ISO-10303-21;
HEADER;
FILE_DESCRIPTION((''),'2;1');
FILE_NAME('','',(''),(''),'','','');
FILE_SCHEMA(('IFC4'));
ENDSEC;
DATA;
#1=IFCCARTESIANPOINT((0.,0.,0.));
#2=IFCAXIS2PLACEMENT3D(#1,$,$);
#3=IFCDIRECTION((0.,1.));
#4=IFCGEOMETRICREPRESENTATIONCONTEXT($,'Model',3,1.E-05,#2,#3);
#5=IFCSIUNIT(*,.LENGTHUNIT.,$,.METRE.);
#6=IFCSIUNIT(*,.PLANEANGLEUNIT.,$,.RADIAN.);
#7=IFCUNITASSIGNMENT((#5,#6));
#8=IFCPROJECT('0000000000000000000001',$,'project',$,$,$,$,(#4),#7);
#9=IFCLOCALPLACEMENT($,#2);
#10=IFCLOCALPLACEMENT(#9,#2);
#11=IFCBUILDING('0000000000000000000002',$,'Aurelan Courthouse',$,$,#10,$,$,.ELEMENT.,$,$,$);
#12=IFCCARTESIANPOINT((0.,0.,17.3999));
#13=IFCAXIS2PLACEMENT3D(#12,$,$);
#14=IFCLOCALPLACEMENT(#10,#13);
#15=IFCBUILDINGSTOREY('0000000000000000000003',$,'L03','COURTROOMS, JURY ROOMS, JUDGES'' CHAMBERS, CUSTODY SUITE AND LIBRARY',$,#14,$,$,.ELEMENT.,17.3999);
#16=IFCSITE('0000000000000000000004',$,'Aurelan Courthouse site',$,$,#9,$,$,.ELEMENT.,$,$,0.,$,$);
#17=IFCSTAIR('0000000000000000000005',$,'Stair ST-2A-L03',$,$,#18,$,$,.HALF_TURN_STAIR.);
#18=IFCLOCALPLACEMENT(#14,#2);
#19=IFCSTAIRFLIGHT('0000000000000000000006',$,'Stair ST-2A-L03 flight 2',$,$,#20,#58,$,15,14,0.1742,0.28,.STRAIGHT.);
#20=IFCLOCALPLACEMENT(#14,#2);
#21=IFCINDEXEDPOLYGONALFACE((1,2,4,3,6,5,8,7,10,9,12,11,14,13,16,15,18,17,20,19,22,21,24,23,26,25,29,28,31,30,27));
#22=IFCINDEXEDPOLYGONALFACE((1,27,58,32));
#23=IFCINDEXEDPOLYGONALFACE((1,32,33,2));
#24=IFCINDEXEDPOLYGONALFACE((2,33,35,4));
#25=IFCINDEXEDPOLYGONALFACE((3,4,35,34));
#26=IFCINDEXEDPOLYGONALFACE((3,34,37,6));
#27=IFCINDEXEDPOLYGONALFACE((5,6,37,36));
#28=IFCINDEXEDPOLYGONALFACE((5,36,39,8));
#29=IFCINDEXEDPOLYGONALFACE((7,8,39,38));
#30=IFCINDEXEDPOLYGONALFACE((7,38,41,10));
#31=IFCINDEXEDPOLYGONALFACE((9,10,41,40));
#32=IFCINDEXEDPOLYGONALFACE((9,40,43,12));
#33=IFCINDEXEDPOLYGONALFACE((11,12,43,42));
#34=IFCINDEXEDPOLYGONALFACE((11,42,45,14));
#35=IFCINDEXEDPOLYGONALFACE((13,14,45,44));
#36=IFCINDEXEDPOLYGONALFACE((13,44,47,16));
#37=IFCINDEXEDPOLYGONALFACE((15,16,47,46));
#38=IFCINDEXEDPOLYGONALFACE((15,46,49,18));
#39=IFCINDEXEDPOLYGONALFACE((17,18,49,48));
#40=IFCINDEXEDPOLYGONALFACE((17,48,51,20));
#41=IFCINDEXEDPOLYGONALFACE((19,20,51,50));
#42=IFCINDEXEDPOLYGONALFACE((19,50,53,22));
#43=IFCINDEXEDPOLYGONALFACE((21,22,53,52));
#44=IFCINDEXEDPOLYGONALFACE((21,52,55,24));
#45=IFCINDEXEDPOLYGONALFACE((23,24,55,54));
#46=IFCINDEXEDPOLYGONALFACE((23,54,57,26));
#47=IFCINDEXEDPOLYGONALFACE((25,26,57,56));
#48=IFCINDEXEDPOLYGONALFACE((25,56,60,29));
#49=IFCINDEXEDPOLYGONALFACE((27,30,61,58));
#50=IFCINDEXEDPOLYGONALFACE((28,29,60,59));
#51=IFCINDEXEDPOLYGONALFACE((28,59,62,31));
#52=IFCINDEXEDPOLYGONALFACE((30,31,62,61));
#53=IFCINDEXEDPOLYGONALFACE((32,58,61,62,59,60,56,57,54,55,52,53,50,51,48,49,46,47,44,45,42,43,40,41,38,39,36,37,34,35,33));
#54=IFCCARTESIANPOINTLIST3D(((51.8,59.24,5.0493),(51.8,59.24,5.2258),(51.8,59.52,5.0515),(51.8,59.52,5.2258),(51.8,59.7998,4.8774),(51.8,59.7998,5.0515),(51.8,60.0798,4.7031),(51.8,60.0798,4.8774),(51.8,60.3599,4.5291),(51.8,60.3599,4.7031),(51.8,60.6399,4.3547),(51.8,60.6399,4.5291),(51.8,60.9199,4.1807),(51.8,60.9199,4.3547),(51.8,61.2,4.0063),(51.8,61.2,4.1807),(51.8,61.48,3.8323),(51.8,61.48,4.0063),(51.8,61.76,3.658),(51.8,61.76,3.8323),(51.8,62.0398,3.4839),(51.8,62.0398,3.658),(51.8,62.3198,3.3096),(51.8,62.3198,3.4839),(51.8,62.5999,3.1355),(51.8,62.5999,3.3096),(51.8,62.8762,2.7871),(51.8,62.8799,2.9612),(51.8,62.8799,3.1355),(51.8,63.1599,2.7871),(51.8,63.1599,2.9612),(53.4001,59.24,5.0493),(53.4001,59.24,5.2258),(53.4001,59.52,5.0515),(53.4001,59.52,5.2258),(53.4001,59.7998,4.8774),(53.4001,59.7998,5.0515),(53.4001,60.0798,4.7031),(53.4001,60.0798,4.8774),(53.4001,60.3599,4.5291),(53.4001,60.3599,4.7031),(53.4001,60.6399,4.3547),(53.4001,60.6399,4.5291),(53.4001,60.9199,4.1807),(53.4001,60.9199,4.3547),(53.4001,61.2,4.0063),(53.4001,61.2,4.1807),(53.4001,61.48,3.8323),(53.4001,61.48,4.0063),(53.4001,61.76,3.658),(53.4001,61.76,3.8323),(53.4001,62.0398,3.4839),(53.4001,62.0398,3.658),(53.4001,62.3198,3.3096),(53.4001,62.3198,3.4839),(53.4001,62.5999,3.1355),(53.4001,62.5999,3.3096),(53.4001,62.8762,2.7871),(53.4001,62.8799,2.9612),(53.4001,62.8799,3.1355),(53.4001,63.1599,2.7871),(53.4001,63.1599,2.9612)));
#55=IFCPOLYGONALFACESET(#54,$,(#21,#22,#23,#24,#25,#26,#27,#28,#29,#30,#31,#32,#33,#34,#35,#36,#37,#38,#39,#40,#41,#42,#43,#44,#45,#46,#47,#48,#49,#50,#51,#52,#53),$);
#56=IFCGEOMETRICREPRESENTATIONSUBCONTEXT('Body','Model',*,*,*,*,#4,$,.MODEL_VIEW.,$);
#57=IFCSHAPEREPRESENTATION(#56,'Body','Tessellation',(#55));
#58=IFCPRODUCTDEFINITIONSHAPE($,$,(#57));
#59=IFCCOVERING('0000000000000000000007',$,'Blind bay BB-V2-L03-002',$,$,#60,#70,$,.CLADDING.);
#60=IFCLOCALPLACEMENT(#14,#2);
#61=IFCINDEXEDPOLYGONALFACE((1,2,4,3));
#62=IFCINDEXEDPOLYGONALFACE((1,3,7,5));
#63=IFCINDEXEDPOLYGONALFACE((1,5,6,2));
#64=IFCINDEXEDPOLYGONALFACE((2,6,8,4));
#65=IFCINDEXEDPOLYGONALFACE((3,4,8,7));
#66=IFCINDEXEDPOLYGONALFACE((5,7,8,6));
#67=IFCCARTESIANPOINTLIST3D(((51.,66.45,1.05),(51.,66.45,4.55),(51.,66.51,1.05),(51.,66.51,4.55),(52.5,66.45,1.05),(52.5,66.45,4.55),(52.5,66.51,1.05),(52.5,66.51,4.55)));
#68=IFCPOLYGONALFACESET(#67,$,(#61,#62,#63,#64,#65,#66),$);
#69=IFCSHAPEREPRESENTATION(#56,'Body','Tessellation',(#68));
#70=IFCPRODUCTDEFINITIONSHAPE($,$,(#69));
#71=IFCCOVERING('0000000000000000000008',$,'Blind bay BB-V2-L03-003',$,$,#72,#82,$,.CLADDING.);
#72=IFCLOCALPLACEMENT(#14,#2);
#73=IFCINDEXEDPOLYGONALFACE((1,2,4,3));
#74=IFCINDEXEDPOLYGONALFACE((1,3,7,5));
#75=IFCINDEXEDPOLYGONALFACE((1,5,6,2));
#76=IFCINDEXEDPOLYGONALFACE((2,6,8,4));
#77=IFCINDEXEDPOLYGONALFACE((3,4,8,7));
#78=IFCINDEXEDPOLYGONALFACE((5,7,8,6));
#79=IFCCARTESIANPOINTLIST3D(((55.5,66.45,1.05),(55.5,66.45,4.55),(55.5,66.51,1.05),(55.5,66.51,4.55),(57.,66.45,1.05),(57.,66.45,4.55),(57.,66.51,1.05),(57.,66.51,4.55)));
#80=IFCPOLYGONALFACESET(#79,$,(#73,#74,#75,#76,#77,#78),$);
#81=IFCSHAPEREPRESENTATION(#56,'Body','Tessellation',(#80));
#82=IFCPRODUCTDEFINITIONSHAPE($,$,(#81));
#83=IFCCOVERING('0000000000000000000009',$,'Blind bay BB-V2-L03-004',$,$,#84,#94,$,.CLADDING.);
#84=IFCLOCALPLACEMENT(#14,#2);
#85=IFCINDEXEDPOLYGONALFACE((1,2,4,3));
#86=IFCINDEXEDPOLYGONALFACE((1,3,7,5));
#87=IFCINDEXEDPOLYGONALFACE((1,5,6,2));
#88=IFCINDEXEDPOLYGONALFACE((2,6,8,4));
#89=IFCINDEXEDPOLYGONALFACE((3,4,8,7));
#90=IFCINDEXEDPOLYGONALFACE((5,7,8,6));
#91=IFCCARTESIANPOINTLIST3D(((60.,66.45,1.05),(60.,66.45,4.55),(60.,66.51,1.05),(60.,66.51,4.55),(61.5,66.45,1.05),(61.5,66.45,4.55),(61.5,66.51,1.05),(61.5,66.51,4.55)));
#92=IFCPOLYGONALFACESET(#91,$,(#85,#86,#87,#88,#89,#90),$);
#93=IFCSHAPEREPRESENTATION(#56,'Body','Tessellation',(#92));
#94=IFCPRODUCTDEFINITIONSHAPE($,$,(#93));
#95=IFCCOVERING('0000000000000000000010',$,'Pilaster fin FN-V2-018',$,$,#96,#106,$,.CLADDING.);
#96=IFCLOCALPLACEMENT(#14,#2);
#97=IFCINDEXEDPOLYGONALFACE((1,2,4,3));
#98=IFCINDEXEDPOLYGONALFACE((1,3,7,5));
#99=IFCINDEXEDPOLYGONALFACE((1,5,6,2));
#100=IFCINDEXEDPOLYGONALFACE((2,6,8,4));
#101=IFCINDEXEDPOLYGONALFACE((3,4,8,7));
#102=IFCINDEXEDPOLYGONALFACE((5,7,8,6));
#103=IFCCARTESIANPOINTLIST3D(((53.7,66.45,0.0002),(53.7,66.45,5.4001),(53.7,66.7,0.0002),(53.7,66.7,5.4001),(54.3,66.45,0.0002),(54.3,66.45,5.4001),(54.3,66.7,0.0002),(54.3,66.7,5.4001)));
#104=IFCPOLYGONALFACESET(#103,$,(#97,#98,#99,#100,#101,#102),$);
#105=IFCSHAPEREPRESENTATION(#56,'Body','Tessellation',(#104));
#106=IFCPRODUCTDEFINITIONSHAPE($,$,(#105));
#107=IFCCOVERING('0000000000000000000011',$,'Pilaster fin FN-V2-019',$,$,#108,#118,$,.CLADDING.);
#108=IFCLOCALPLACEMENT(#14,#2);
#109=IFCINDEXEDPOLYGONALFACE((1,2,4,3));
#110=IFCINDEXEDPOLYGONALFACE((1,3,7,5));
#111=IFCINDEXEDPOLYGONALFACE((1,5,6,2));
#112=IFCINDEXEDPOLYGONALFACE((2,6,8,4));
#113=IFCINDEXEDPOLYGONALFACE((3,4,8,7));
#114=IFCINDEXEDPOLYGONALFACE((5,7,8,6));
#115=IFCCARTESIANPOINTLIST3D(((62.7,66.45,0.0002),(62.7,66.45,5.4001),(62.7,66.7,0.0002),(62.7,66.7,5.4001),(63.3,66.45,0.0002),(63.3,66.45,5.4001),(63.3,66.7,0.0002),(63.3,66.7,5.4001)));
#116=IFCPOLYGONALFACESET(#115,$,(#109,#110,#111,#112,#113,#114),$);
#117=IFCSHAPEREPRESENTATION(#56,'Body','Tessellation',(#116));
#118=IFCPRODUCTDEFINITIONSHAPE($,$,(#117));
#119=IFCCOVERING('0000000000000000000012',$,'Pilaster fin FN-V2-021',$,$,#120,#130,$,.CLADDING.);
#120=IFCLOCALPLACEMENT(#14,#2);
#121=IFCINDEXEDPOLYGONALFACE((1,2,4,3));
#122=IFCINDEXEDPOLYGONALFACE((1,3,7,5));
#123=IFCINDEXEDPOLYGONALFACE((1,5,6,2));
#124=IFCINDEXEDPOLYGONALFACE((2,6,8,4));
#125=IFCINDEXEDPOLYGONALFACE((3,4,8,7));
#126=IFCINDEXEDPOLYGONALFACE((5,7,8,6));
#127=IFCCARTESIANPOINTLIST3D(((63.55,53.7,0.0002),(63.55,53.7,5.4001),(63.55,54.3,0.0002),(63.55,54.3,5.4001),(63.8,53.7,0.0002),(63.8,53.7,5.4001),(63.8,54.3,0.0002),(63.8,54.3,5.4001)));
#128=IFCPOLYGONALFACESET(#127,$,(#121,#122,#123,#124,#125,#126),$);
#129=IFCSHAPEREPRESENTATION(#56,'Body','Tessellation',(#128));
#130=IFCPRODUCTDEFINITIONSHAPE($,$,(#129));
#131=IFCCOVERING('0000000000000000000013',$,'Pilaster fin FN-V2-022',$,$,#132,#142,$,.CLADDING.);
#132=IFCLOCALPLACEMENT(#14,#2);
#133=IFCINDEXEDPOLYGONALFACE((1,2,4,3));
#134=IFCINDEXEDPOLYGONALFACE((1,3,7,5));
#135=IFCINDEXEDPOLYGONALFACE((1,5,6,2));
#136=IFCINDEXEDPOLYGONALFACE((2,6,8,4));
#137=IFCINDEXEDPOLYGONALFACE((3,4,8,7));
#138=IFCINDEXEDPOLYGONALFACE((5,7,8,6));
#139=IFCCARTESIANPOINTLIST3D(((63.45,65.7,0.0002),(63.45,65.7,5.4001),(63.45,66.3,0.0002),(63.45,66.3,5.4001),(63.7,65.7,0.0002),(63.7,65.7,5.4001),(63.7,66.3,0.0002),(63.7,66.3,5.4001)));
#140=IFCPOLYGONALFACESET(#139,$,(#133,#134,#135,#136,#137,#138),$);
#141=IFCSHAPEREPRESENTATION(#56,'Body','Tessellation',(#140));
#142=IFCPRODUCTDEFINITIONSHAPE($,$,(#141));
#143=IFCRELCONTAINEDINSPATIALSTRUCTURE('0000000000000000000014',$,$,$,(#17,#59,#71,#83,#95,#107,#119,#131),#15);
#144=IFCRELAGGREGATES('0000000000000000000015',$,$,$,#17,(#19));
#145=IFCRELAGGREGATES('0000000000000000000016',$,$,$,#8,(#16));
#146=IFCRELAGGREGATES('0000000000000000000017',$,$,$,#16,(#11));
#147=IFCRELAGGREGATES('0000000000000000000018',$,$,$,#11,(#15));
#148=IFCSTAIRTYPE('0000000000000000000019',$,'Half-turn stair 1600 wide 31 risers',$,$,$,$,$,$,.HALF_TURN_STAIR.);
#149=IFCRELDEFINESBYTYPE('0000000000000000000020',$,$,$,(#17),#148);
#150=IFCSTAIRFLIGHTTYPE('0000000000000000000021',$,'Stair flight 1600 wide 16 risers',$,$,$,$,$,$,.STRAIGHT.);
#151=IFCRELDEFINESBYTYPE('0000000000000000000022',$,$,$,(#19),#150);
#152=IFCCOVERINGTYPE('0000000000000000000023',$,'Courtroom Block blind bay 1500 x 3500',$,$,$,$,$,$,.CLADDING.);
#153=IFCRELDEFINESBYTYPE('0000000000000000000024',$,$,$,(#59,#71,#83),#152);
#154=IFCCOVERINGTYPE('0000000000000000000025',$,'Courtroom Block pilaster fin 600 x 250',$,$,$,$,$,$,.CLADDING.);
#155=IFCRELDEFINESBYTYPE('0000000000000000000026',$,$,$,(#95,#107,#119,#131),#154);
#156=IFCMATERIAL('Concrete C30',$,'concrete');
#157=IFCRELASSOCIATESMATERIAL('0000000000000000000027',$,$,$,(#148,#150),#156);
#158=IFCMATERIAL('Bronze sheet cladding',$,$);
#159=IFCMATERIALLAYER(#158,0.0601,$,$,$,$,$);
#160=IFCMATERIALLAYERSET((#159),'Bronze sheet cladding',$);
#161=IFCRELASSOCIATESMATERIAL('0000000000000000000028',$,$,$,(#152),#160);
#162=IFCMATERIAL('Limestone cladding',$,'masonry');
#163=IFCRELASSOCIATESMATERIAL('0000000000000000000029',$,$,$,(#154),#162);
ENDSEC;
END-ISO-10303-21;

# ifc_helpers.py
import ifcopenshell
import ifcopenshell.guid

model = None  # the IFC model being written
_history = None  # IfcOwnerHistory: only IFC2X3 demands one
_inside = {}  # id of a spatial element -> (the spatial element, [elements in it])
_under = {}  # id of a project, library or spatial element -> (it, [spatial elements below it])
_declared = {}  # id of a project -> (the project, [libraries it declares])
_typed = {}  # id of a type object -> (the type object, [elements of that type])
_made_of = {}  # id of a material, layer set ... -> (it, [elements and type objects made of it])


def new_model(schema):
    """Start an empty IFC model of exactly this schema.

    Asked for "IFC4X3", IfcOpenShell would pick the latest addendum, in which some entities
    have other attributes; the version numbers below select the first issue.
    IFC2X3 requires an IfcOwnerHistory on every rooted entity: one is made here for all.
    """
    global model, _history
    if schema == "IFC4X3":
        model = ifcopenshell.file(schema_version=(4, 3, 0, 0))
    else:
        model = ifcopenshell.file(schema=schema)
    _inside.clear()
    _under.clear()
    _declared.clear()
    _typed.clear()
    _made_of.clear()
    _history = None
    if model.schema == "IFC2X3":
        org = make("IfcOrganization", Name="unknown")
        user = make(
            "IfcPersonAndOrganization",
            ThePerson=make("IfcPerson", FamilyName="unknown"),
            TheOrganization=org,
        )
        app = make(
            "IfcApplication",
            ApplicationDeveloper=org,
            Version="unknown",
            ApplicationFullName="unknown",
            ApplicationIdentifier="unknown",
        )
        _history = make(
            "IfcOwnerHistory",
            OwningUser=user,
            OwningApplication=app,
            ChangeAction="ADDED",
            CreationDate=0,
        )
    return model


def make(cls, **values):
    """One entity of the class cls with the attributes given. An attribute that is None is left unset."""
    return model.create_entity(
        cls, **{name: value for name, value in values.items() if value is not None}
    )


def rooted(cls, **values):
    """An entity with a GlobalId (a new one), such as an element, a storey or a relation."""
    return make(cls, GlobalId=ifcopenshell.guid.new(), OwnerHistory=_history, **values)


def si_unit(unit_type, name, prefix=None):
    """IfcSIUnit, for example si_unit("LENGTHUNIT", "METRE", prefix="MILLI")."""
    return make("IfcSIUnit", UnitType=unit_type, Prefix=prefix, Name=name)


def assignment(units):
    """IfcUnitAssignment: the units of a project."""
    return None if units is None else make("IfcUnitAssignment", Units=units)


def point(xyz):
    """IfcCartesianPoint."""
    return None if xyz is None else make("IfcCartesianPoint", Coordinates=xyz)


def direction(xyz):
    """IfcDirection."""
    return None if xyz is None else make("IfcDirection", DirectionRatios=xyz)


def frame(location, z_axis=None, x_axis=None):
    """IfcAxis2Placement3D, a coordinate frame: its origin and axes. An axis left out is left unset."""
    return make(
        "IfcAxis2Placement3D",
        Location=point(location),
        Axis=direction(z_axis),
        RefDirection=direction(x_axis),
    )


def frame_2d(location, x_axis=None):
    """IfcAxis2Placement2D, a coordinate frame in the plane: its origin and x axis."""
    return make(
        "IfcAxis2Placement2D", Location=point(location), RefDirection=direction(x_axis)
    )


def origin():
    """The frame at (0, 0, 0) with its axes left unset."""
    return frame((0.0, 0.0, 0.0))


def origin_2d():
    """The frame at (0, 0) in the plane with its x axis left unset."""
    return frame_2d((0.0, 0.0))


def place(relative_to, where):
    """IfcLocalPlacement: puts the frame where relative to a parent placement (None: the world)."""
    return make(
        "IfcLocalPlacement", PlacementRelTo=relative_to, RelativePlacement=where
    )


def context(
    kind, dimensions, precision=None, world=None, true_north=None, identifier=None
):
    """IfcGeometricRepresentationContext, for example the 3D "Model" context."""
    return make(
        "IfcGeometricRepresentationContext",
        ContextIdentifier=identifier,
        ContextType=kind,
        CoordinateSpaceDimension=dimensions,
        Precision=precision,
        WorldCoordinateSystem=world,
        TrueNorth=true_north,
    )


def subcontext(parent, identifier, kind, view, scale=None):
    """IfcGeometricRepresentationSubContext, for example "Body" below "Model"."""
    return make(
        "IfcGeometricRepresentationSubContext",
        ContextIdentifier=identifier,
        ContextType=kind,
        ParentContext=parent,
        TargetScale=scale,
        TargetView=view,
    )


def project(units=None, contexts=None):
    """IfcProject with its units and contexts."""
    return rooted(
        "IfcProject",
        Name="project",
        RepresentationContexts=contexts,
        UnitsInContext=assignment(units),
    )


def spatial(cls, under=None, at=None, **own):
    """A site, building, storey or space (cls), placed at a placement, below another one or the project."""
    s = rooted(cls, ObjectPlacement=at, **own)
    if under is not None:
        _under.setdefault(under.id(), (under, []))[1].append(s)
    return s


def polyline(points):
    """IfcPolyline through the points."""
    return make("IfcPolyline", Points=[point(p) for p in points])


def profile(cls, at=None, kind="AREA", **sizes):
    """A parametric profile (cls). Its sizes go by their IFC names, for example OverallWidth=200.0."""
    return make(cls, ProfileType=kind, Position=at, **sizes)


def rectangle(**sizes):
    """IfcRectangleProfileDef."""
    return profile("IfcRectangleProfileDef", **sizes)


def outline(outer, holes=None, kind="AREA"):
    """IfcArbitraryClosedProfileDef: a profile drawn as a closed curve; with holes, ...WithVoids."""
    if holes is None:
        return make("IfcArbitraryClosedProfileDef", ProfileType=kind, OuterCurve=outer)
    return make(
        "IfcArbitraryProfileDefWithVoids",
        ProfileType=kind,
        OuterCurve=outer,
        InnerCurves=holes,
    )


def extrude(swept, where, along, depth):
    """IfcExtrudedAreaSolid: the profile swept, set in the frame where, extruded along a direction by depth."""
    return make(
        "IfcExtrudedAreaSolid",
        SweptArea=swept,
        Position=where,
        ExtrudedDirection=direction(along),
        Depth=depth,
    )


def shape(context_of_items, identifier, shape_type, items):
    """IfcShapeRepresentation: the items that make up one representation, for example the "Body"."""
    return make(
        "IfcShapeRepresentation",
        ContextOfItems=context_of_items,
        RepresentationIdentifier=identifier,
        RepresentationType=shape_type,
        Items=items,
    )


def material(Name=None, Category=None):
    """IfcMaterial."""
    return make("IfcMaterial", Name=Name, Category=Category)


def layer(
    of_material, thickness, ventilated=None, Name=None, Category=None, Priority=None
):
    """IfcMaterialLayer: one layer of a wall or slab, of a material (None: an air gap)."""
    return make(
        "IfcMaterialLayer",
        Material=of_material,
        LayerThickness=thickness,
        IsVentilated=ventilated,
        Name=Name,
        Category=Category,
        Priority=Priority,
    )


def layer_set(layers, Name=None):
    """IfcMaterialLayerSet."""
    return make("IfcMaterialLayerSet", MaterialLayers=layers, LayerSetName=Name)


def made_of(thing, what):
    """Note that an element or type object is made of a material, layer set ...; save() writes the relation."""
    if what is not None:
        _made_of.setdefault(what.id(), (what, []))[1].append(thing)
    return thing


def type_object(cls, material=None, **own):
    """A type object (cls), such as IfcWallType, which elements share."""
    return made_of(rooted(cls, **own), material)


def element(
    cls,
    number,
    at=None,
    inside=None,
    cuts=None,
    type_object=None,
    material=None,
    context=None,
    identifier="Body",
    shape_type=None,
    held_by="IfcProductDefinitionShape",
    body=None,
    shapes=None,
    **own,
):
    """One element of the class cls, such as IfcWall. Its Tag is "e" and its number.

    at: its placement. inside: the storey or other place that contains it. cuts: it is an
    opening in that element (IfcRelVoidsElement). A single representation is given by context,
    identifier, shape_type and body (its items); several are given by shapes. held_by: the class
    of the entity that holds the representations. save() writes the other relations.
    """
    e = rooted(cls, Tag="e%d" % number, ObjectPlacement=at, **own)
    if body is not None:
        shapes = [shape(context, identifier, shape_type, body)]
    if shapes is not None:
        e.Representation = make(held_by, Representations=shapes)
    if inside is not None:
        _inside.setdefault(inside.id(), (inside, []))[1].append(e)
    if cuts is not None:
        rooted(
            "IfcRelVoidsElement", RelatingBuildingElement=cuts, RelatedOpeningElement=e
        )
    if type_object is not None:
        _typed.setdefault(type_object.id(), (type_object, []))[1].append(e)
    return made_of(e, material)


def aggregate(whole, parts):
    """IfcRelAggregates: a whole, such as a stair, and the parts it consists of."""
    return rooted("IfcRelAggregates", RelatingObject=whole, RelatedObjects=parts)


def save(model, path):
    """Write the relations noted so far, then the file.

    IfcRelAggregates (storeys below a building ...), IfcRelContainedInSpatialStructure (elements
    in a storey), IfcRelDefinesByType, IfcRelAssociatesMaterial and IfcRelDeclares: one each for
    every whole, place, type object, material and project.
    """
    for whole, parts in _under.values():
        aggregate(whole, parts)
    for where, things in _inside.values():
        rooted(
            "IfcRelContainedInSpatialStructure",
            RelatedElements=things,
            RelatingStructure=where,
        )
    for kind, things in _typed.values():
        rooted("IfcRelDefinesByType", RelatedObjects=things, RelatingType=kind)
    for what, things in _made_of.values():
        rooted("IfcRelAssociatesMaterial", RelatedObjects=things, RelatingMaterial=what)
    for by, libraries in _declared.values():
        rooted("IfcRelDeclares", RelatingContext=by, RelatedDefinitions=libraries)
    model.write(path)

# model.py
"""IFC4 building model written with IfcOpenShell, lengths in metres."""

from ifc_helpers import new_model, si_unit, direction, frame, origin, origin_2d, place, context, subcontext, project, spatial, polyline, rectangle, outline, extrude, material, layer, layer_set, type_object, element, aggregate, save


model = new_model("IFC4")

# Units and contexts
model_context = context("Model", 3, precision=1e-05, world=origin(), true_north=direction((0.0, 1.0)))
body_context = subcontext(model_context, "Body", "Model", "MODEL_VIEW")
ifc_project = project(units=[si_unit("LENGTHUNIT", "METRE"), si_unit("PLANEANGLEUNIT", "RADIAN")], contexts=[model_context])

# Site, building, storey
site_placement = place(None, origin())
site = spatial("IfcSite", under=ifc_project, at=site_placement, Name="Aurelan Courthouse site", CompositionType="ELEMENT", RefElevation=0.0)
building_placement = place(site_placement, origin())
building = spatial("IfcBuilding", under=site, at=building_placement, Name="Aurelan Courthouse", CompositionType="ELEMENT")
storey_placement = place(building_placement, frame((0.0, 0.0, 17.3999)))
storey = spatial("IfcBuildingStorey", under=building, at=storey_placement, Name="L03", Description="COURTROOMS, JURY ROOMS, JUDGES' CHAMBERS, CUSTODY SUITE AND LIBRARY", CompositionType="ELEMENT", Elevation=17.3999)

# Shared definitions
ifc_material_1 = material(Name="Limestone cladding", Category="masonry")
ifc_material_2 = material(Name="Concrete C30", Category="concrete")

# Stair, stair flight
stair_type_1 = type_object("IfcStairType", Name="Half-turn stair 1600 wide 31 risers", PredefinedType="HALF_TURN_STAIR", material=ifc_material_2)
stair_1_placement = place(storey_placement, origin())
stair_1 = element("IfcStair", 1, at=stair_1_placement, inside=storey, type_object=stair_type_1, Name="Stair ST-2A-L03", PredefinedType="HALF_TURN_STAIR")
stair_flight_type_1 = type_object("IfcStairFlightType", Name="Stair flight 1600 wide 16 risers", PredefinedType="STRAIGHT", material=ifc_material_2)
stair_flight_1_placement = place(storey_placement, frame((52.6001, 63.1599, 2.7871), z_axis=(0.0, 0.0, 1.0), x_axis=(0.0, -1.0, 0.0)))
stair_flight_1 = element("IfcStairFlight", 2, at=stair_flight_1_placement, type_object=stair_flight_type_1, Name="Stair ST-2A-L03 flight 2", NumberOfRisers=15, NumberOfTreads=14, PredefinedType="STRAIGHT", RiserHeight=0.1742, TreadLength=0.28, context=body_context, shape_type="SweptSolid", body=[
    extrude(outline(polyline([(0.0, 0.0), (0.0, 0.1741), (0.28, 0.1741), (0.28, 0.3484), (0.5601, 0.3484), (0.5601, 0.5225), (0.8401, 0.5225), (0.8401, 0.6968), (1.1201, 0.6968), (1.1201, 0.8708), (1.3999, 0.8708), (1.3999, 1.0452), (1.6799, 1.0452), (1.6799, 1.2192), (1.96, 1.2192), (1.96, 1.3936), (2.24, 1.3936), (2.24, 1.5676), (2.52, 1.5676), (2.52, 1.7419), (2.8, 1.7419), (2.8, 1.916), (3.0801, 1.916), (3.0801, 2.0903), (3.3601, 2.0903), (3.3601, 2.2644), (3.6399, 2.2644), (3.6399, 2.4387), (3.9199, 2.4387), (3.9199, 2.6128), (3.9199, 2.2622), (0.2837, 0.0), (0.0, 0.0)])), frame((0.0, 0.8, 0.0), z_axis=(0.0, -1.0, 0.0), x_axis=(1.0, 0.0, 0.0)), (0.0, 0.0, 1.0), 1.6001),
])
aggregate(stair_1, [stair_flight_1])

# Coverings
ifc_material_3 = material(Name="Bronze sheet cladding")
ifc_layer_1 = layer(ifc_material_3, 0.0601)
ifc_layer_set_1 = layer_set([ifc_layer_1], Name="Bronze sheet cladding")
covering_type_1 = type_object("IfcCoveringType", Name="Courtroom Block blind bay 1500 x 3500", PredefinedType="CLADDING", material=ifc_layer_set_1)
for number, where, z_axis, x_axis, name in (
    (3, (51.75, 66.48, 1.05), (0.0, 0.0, 1.0), (1.0, 0.0, 0.0), "Blind bay BB-V2-L03-002"),
    (4, (56.25, 66.48, 1.05), (0.0, 0.0, 1.0), (1.0, 0.0, 0.0), "Blind bay BB-V2-L03-003"),
    (5, (60.75, 66.48, 1.05), (0.0, 0.0, 1.0), (1.0, 0.0, 0.0), "Blind bay BB-V2-L03-004"),
):
    element("IfcCovering", number, at=place(storey_placement, frame(where, z_axis=z_axis, x_axis=x_axis)), inside=storey, type_object=covering_type_1, Name=name, PredefinedType="CLADDING", context=body_context, shape_type="SweptSolid", body=[
        extrude(rectangle(XDim=1.5, YDim=0.0601, at=origin_2d()), origin(), (0.0, 0.0, 1.0), 3.5),
    ])
covering_type_2 = type_object("IfcCoveringType", Name="Courtroom Block pilaster fin 600 x 250", PredefinedType="CLADDING", material=ifc_material_1)
for number, where, z_axis, x_axis, name in (
    (6, (54.0, 66.575, 0.0002), (0.0, 0.0, 1.0), (1.0, 0.0, 0.0), "Pilaster fin FN-V2-018"),
    (7, (63.0, 66.575, 0.0002), (0.0, 0.0, 1.0), (1.0, 0.0, 0.0), "Pilaster fin FN-V2-019"),
):
    element("IfcCovering", number, at=place(storey_placement, frame(where, z_axis=z_axis, x_axis=x_axis)), inside=storey, type_object=covering_type_2, Name=name, PredefinedType="CLADDING", context=body_context, shape_type="SweptSolid", body=[
        extrude(rectangle(XDim=0.6001, YDim=0.25, at=origin_2d()), origin(), (0.0, 0.0, 1.0), 5.3999),
    ])
for number, where, z_axis, x_axis, name in (
    (8, (63.675, 54.0, 0.0002), (0.0, 0.0, 1.0), (1.0, 0.0, 0.0), "Pilaster fin FN-V2-021"),
    (9, (63.575, 66.0, 0.0002), (0.0, 0.0, 1.0), (1.0, 0.0, 0.0), "Pilaster fin FN-V2-022"),
):
    element("IfcCovering", number, at=place(storey_placement, frame(where, z_axis=z_axis, x_axis=x_axis)), inside=storey, type_object=covering_type_2, Name=name, PredefinedType="CLADDING", context=body_context, shape_type="SweptSolid", body=[
        extrude(rectangle(XDim=0.25, YDim=0.6001, at=origin_2d()), origin(), (0.0, 0.0, 1.0), 5.3999),
    ])

save(model, "model.ifc")
